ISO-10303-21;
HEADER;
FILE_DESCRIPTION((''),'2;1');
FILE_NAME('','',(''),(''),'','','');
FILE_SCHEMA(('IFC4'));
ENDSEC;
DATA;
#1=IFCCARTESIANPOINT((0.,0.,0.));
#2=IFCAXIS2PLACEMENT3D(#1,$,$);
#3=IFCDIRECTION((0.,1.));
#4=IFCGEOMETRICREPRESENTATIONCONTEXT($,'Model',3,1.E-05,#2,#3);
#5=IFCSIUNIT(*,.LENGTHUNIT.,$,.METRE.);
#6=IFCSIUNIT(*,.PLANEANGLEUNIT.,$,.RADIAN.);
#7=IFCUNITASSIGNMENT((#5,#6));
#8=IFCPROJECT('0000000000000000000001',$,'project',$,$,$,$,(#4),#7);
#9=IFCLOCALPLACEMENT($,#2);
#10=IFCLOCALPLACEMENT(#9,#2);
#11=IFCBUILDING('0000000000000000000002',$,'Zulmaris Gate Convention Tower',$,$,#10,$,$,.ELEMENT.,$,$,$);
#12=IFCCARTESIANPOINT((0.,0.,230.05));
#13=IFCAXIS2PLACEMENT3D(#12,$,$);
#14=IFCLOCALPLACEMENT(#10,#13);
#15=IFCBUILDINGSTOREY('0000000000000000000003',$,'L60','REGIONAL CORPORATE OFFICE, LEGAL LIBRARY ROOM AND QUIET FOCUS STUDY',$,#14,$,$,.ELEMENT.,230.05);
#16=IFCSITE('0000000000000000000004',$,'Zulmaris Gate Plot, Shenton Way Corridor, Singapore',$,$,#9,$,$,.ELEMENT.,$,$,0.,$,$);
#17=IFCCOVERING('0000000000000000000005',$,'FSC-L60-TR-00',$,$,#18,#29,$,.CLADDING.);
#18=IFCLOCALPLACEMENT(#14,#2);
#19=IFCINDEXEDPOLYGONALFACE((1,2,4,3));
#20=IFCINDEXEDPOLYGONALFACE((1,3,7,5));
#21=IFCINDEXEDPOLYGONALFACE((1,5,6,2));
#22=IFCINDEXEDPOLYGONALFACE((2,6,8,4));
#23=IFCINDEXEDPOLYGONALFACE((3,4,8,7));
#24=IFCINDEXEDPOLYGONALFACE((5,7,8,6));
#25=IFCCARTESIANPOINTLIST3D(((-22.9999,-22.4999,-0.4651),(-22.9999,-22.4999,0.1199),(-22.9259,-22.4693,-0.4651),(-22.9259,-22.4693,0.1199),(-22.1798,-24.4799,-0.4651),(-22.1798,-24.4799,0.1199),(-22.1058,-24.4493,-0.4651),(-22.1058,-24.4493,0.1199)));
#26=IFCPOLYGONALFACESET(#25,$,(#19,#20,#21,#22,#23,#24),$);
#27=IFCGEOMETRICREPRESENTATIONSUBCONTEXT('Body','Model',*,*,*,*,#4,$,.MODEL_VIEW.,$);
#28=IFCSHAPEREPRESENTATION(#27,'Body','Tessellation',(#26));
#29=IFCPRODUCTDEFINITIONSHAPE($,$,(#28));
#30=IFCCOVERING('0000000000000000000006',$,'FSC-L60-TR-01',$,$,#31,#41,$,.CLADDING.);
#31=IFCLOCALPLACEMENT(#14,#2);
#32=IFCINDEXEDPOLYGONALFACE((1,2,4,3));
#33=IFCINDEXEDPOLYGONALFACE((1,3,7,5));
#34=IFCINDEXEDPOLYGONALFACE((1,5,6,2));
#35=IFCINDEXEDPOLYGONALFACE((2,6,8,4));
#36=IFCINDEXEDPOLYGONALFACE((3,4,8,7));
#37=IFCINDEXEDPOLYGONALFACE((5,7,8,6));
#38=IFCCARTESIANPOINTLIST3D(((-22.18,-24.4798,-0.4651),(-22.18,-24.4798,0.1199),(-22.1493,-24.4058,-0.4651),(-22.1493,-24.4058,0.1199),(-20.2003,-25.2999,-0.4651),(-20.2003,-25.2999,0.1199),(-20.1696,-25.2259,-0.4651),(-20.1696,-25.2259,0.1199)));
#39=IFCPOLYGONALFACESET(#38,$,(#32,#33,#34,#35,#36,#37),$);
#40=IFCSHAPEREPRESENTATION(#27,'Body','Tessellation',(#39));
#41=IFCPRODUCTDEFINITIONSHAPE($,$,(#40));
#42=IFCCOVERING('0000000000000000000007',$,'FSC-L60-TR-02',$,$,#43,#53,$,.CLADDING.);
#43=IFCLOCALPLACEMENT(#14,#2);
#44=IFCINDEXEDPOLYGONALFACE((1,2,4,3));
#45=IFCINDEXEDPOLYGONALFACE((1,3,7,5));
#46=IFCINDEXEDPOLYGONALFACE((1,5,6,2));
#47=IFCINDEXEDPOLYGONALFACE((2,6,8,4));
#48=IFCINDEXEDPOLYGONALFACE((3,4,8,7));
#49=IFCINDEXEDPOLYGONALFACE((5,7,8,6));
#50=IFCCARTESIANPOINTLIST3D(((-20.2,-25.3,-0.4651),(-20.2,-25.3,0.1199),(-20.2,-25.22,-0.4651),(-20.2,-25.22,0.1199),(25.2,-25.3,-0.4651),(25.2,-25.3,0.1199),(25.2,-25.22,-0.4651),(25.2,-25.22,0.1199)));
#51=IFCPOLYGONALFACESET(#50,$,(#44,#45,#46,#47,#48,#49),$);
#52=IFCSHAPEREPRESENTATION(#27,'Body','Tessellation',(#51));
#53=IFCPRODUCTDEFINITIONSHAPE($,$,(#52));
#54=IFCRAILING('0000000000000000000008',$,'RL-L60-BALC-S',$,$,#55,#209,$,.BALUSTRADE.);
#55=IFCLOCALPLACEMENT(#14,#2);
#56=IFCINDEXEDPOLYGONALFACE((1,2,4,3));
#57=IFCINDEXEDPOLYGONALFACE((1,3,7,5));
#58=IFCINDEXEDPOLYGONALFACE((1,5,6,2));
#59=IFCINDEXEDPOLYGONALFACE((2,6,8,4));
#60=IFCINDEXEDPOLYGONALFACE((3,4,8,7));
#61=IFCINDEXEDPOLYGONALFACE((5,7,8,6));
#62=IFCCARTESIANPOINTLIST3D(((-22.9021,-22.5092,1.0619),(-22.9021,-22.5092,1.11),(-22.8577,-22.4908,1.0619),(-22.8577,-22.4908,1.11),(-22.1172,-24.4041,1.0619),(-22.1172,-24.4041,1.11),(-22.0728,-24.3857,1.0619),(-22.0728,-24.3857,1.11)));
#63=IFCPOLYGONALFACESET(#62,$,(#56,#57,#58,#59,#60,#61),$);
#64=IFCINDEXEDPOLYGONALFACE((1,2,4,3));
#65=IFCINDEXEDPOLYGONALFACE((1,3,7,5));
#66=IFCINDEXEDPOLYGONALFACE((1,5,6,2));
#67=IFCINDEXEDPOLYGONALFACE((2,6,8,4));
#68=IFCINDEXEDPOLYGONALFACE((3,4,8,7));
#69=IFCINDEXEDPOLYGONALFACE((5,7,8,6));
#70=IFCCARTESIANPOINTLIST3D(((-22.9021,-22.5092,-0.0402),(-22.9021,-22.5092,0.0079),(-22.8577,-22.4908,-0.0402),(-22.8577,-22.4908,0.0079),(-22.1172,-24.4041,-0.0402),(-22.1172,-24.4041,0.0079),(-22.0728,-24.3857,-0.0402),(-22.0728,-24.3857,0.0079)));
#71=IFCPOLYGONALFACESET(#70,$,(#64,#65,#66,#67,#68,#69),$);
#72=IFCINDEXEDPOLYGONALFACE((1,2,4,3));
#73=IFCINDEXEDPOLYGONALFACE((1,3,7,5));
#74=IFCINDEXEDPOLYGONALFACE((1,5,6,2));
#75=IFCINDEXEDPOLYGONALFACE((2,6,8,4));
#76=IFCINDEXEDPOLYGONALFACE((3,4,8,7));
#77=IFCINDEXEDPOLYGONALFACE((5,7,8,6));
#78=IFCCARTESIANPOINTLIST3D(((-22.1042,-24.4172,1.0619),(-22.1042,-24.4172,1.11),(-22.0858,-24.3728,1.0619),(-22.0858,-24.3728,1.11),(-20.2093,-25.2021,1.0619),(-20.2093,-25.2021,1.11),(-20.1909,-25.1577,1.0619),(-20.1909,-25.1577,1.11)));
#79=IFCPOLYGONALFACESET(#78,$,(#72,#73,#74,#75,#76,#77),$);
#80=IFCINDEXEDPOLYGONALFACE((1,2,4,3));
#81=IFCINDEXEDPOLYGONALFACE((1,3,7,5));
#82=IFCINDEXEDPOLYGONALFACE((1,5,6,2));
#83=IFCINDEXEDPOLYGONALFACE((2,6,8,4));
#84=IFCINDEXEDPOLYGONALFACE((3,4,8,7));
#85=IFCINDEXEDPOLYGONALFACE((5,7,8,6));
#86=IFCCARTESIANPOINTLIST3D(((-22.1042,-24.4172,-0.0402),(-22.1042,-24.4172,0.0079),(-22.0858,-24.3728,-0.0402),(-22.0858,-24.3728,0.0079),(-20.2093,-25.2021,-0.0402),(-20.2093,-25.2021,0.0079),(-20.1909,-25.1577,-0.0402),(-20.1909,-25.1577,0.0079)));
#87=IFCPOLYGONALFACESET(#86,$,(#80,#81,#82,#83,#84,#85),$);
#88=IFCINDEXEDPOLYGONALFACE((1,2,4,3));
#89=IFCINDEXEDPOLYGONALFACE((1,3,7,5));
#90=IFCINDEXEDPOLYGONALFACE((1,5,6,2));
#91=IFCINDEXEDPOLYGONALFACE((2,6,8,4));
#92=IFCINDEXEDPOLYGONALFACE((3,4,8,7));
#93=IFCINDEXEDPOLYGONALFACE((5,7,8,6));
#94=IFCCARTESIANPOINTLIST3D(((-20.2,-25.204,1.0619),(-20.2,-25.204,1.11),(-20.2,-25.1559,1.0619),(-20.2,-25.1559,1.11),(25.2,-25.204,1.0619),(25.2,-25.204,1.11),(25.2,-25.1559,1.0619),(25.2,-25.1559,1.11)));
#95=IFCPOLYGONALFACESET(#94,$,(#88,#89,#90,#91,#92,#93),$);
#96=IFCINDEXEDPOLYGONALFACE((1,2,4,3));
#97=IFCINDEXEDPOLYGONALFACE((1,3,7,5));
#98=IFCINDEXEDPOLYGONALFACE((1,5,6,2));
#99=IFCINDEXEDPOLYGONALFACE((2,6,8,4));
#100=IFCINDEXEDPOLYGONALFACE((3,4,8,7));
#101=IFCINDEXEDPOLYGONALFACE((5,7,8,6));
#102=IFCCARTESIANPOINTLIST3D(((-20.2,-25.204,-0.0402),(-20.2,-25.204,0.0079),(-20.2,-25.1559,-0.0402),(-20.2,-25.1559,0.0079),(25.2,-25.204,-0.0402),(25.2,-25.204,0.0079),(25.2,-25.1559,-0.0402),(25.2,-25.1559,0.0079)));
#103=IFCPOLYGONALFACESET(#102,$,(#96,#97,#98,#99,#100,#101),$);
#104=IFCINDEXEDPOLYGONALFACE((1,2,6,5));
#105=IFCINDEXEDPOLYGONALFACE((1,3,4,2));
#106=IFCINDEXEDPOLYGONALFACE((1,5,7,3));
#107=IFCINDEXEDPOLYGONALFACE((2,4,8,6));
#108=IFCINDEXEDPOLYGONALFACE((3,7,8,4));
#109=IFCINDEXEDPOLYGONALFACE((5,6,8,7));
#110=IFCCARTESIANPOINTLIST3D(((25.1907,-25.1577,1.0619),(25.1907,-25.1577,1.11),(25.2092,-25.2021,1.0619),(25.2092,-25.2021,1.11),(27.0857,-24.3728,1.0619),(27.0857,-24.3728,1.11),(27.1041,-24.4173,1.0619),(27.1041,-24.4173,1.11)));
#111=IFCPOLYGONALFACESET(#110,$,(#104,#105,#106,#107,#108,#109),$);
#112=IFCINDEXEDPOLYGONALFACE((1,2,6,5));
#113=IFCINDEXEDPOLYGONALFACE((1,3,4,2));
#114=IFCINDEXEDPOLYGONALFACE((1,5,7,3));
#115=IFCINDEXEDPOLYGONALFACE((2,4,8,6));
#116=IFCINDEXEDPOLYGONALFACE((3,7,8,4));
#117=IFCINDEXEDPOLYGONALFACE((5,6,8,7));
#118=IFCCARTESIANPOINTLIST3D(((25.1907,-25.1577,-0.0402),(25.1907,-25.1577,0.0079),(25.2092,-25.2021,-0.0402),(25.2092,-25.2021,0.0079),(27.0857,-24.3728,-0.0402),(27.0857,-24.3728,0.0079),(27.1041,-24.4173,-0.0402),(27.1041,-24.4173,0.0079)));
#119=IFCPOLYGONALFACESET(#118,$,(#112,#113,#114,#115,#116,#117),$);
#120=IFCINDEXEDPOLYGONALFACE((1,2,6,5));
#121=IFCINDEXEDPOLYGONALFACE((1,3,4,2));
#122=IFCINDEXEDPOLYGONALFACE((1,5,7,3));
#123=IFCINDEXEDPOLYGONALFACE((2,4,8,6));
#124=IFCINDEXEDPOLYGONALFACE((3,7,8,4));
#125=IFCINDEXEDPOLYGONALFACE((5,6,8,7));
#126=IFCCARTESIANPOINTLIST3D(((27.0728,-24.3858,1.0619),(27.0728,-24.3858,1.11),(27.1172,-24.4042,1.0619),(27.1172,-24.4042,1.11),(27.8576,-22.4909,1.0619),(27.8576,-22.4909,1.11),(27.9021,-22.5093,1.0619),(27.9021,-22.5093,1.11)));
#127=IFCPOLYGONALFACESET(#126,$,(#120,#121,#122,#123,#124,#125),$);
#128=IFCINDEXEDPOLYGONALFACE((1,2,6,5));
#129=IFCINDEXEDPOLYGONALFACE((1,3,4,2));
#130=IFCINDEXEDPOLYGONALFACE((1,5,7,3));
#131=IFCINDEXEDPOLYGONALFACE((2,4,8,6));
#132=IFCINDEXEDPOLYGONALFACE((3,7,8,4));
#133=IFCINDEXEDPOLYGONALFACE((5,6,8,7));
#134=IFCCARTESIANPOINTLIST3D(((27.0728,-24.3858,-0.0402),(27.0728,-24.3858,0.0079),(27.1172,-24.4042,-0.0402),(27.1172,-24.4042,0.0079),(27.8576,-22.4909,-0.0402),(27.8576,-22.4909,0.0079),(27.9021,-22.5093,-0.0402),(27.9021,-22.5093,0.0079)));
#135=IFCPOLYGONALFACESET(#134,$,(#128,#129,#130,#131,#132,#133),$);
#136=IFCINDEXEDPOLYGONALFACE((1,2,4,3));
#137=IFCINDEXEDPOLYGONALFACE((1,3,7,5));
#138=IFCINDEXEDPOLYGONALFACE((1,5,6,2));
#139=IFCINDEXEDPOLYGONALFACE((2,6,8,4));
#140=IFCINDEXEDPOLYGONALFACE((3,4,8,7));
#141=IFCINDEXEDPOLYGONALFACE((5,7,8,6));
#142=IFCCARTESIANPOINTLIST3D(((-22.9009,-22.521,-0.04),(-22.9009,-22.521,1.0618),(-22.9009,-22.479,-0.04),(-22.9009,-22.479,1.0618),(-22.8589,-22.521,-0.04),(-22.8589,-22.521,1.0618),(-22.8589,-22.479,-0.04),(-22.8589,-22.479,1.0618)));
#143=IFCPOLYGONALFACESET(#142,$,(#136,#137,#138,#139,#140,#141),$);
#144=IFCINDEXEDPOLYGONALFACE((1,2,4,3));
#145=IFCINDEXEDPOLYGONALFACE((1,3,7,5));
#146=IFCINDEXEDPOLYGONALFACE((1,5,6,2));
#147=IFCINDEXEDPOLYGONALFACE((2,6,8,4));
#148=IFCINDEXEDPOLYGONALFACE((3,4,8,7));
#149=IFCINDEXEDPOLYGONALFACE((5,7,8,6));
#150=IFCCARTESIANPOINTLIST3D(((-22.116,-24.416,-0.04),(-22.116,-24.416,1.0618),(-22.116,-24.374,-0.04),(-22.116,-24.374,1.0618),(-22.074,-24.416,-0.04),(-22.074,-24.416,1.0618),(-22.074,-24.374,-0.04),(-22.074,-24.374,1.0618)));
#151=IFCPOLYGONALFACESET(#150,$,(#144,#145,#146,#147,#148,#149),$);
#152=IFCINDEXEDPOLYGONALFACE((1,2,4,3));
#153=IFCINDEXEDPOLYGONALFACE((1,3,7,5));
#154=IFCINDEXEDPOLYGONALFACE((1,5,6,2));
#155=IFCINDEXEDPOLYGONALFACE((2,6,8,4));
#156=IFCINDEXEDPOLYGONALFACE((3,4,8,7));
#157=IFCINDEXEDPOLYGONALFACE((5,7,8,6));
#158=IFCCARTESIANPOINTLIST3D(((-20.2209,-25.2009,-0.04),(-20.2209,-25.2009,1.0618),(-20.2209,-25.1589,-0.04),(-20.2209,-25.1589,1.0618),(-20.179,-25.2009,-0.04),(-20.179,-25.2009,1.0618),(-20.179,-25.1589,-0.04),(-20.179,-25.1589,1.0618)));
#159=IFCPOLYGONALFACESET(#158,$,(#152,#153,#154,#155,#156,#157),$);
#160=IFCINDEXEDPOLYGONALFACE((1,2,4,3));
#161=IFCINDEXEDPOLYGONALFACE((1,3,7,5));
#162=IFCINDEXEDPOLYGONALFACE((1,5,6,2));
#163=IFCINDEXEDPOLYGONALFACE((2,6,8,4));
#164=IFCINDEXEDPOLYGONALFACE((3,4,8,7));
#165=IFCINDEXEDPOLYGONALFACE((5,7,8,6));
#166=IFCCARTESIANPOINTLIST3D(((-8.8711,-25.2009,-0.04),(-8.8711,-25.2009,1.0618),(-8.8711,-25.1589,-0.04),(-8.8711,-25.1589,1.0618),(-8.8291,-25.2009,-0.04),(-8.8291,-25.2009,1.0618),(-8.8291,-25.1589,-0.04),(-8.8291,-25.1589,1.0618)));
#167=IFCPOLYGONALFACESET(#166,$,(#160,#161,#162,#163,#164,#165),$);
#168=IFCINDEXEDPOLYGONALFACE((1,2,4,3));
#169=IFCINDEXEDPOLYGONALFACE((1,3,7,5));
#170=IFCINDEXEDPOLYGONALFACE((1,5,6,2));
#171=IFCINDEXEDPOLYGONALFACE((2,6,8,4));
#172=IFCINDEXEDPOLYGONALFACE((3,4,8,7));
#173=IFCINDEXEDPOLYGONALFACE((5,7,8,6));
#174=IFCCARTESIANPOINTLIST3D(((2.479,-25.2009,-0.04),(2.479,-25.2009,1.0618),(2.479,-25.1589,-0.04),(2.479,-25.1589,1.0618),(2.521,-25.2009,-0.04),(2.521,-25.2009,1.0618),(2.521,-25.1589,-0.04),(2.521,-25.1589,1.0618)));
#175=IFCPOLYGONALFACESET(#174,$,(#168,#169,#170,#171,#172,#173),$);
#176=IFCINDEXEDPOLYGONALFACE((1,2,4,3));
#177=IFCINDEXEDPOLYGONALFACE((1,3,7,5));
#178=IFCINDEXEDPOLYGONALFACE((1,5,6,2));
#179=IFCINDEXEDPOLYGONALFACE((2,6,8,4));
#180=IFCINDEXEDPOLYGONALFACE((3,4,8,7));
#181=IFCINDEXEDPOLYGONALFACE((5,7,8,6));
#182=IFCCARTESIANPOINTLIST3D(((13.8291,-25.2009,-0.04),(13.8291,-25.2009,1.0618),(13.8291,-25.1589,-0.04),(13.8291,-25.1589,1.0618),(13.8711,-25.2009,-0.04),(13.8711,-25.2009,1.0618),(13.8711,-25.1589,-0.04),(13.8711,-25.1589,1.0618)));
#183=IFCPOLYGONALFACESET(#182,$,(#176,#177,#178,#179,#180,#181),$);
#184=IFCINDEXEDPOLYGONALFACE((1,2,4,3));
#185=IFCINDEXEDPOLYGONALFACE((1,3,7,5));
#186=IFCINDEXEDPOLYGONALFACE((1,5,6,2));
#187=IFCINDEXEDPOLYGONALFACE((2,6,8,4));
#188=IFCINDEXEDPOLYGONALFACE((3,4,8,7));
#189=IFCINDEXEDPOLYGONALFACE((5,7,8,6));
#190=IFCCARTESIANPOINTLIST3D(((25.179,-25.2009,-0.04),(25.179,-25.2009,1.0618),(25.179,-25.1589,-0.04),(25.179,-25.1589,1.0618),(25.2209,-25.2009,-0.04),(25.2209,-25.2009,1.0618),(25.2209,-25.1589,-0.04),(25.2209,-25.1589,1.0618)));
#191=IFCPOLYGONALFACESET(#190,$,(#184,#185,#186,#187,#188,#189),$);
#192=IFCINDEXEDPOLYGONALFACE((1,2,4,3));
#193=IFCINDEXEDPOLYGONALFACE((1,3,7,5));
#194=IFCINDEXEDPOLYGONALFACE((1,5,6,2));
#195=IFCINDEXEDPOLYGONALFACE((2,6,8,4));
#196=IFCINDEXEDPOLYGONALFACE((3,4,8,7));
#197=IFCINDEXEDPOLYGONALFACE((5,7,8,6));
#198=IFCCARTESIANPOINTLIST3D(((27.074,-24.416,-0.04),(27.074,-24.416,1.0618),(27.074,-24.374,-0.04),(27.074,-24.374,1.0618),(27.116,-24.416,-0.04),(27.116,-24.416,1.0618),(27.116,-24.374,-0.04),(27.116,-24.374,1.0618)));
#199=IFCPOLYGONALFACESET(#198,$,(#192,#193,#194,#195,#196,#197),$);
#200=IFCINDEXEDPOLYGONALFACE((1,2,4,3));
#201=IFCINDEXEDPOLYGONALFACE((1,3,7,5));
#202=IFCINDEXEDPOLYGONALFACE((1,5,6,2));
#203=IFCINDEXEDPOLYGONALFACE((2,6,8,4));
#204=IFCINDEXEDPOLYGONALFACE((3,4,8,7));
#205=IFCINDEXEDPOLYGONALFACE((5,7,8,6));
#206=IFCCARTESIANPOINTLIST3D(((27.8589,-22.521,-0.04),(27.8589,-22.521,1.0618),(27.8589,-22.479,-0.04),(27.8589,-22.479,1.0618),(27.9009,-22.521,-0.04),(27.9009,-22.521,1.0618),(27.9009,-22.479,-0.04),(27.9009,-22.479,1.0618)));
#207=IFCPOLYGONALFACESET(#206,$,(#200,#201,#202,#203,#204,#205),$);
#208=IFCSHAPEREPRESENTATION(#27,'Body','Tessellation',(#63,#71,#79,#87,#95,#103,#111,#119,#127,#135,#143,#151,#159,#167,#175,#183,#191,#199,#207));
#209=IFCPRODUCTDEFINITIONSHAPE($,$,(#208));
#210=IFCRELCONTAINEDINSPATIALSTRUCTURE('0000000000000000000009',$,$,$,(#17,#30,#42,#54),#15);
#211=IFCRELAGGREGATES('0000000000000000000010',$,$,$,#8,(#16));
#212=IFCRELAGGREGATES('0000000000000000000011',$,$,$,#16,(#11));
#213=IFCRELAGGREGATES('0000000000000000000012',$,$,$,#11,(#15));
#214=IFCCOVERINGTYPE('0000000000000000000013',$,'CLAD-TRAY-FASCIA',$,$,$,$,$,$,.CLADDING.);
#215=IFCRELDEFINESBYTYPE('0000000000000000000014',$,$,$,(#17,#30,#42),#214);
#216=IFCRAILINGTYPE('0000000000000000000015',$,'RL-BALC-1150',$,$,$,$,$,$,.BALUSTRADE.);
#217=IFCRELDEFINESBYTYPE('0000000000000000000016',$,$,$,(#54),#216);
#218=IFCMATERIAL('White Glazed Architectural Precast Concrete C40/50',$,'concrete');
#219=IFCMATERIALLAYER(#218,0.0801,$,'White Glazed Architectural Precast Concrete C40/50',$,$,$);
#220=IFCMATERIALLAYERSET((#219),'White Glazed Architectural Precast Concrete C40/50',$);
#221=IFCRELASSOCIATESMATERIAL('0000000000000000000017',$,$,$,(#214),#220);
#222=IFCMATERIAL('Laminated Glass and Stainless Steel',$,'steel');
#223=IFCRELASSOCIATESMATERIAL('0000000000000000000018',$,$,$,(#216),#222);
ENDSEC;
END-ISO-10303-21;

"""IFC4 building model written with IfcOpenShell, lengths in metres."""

from ifc_helpers import new_model, si_unit, direction, frame, frame_2d, origin, origin_2d, place, context, subcontext, project, spatial, rectangle, extrude, material, layer, layer_set, type_object, element, save


model = new_model("IFC4")

# Units and contexts
model_context = context("Model", 3, precision=1e-05, world=origin(), true_north=direction((0.0, 1.0)))
body_context = subcontext(model_context, "Body", "Model", "MODEL_VIEW")
ifc_project = project(units=[si_unit("LENGTHUNIT", "METRE"), si_unit("PLANEANGLEUNIT", "RADIAN")], contexts=[model_context])

# Site, building, storey
site_placement = place(None, origin())
site = spatial("IfcSite", under=ifc_project, at=site_placement, Name="Zulmaris Gate Plot, Shenton Way Corridor, Singapore", CompositionType="ELEMENT", RefElevation=0.0)
building_placement = place(site_placement, origin())
building = spatial("IfcBuilding", under=site, at=building_placement, Name="Zulmaris Gate Convention Tower", CompositionType="ELEMENT")
storey_placement = place(building_placement, frame((0.0, 0.0, 230.05)))
storey = spatial("IfcBuildingStorey", under=building, at=storey_placement, Name="L60", Description="REGIONAL CORPORATE OFFICE, LEGAL LIBRARY ROOM AND QUIET FOCUS STUDY", CompositionType="ELEMENT", Elevation=230.05)

# Coverings
ifc_material_1 = material(Name="White Glazed Architectural Precast Concrete C40/50", Category="concrete")
ifc_layer_1 = layer(ifc_material_1, 0.0801, Name="White Glazed Architectural Precast Concrete C40/50")
ifc_layer_set_1 = layer_set([ifc_layer_1], Name="White Glazed Architectural Precast Concrete C40/50")
covering_type = type_object("IfcCoveringType", Name="CLAD-TRAY-FASCIA", PredefinedType="CLADDING", material=ifc_layer_set_1)
covering_1_placement = place(storey_placement, frame((-22.9629, -22.4846, -0.4651), z_axis=(0.0, 0.0, 1.0), x_axis=(0.382657, -0.92389, 0.0)))
element("IfcCovering", 1, at=covering_1_placement, inside=storey, type_object=covering_type, Name="FSC-L60-TR-00", PredefinedType="CLADDING", context=body_context, shape_type="SweptSolid", body=[
    extrude(rectangle(XDim=2.1431, YDim=0.0801, at=frame_2d((1.0715, 0.0))), origin(), (0.0, 0.0, 1.0), 0.585),
])
covering_2_placement = place(storey_placement, frame((-22.1646, -24.4429, -0.4651), z_axis=(0.0, 0.0, 1.0), x_axis=(0.923874, -0.382697, 0.0)))
element("IfcCovering", 2, at=covering_2_placement, inside=storey, type_object=covering_type, Name="FSC-L60-TR-01", PredefinedType="CLADDING", context=body_context, shape_type="SweptSolid", body=[
    extrude(rectangle(XDim=2.1428, YDim=0.0801, at=frame_2d((1.0713, 0.0))), origin(), (0.0, 0.0, 1.0), 0.585),
])
covering_3_placement = place(storey_placement, frame((-20.2, -25.26, -0.4651), z_axis=(0.0, 0.0, 1.0), x_axis=(1.0, 0.0, 0.0)))
element("IfcCovering", 3, at=covering_3_placement, inside=storey, type_object=covering_type, Name="FSC-L60-TR-02", PredefinedType="CLADDING", context=body_context, shape_type="SweptSolid", body=[
    extrude(rectangle(XDim=45.3999, YDim=0.0801, at=frame_2d((22.7, 0.0))), origin(), (0.0, 0.0, 1.0), 0.585),
])

# Railing
ifc_material_2 = material(Name="Laminated Glass and Stainless Steel", Category="steel")
railing_type = type_object("IfcRailingType", Name="RL-BALC-1150", PredefinedType="BALUSTRADE", material=ifc_material_2)
railing_placement = place(storey_placement, frame((-22.8799, -22.5, -0.04)))
element("IfcRailing", 4, at=railing_placement, inside=storey, type_object=railing_type, Name="RL-L60-BALC-S", PredefinedType="BALUSTRADE", context=body_context, shape_type="SweptSolid", body=[
    extrude(rectangle(XDim=0.0481, YDim=0.0481, at=origin_2d()), frame((0.0, 0.0, 1.126), z_axis=(0.382671, -0.923885, 0.0), x_axis=(0.923885, 0.382671, 0.0)), (0.0, 0.0, 1.0), 2.051),
    extrude(rectangle(XDim=0.0481, YDim=0.0481, at=origin_2d()), frame((0.0, 0.0, 0.0239), z_axis=(0.382671, -0.923885, 0.0), x_axis=(0.923885, 0.382671, 0.0)), (0.0, 0.0, 1.0), 2.051),
    extrude(rectangle(XDim=0.0481, YDim=0.0481, at=origin_2d()), frame((0.7849, -1.895, 1.126), z_axis=(0.923885, -0.382671, 0.0), x_axis=(0.382671, 0.923885, 0.0)), (0.0, 0.0, 1.0), 2.051),
    extrude(rectangle(XDim=0.0481, YDim=0.0481, at=origin_2d()), frame((0.7849, -1.895, 0.0239), z_axis=(0.923885, -0.382671, 0.0), x_axis=(0.382671, 0.923885, 0.0)), (0.0, 0.0, 1.0), 2.051),
    extrude(rectangle(XDim=0.0481, YDim=0.0481, at=origin_2d()), frame((2.6799, -2.6799, 1.126), z_axis=(1.0, 0.0, 0.0), x_axis=(0.0, 1.0, 0.0)), (0.0, 0.0, 1.0), 45.3999),
    extrude(rectangle(XDim=0.0481, YDim=0.0481, at=origin_2d()), frame((2.6799, -2.6799, 0.0239), z_axis=(1.0, 0.0, 0.0), x_axis=(0.0, 1.0, 0.0)), (0.0, 0.0, 1.0), 45.3999),
    extrude(rectangle(XDim=0.0481, YDim=0.0481, at=origin_2d()), frame((48.0798, -2.6799, 1.126), z_axis=(0.923885, 0.382671, 0.0), x_axis=(-0.382671, 0.923885, 0.0)), (0.0, 0.0, 1.0), 2.051),
    extrude(rectangle(XDim=0.0481, YDim=0.0481, at=origin_2d()), frame((48.0798, -2.6799, 0.0239), z_axis=(0.923885, 0.382671, 0.0), x_axis=(-0.382671, 0.923885, 0.0)), (0.0, 0.0, 1.0), 2.051),
    extrude(rectangle(XDim=0.0481, YDim=0.0481, at=origin_2d()), frame((49.9749, -1.895, 1.126), z_axis=(0.382671, 0.923885, 0.0), x_axis=(-0.923885, 0.382671, 0.0)), (0.0, 0.0, 1.0), 2.051),
    extrude(rectangle(XDim=0.0481, YDim=0.0481, at=origin_2d()), frame((49.9749, -1.895, 0.0239), z_axis=(0.382671, 0.923885, 0.0), x_axis=(-0.923885, 0.382671, 0.0)), (0.0, 0.0, 1.0), 2.051),
    extrude(rectangle(XDim=0.042, YDim=0.042, at=origin_2d()), origin(), (0.0, 0.0, 1.0), 1.1018),
    extrude(rectangle(XDim=0.042, YDim=0.042, at=origin_2d()), frame((0.7849, -1.895, 0.0)), (0.0, 0.0, 1.0), 1.1018),
    extrude(rectangle(XDim=0.042, YDim=0.042, at=origin_2d()), frame((2.6799, -2.6799, 0.0)), (0.0, 0.0, 1.0), 1.1018),
    extrude(rectangle(XDim=0.042, YDim=0.042, at=origin_2d()), frame((14.0298, -2.6799, 0.0)), (0.0, 0.0, 1.0), 1.1018),
    extrude(rectangle(XDim=0.042, YDim=0.042, at=origin_2d()), frame((25.3799, -2.6799, 0.0)), (0.0, 0.0, 1.0), 1.1018),
    extrude(rectangle(XDim=0.042, YDim=0.042, at=origin_2d()), frame((36.73, -2.6799, 0.0)), (0.0, 0.0, 1.0), 1.1018),
    extrude(rectangle(XDim=0.042, YDim=0.042, at=origin_2d()), frame((48.0798, -2.6799, 0.0)), (0.0, 0.0, 1.0), 1.1018),
    extrude(rectangle(XDim=0.042, YDim=0.042, at=origin_2d()), frame((49.9749, -1.895, 0.0)), (0.0, 0.0, 1.0), 1.1018),
    extrude(rectangle(XDim=0.042, YDim=0.042, at=origin_2d()), frame((50.7598, 0.0, 0.0)), (0.0, 0.0, 1.0), 1.1018),
])

save(model, "model.ifc")
